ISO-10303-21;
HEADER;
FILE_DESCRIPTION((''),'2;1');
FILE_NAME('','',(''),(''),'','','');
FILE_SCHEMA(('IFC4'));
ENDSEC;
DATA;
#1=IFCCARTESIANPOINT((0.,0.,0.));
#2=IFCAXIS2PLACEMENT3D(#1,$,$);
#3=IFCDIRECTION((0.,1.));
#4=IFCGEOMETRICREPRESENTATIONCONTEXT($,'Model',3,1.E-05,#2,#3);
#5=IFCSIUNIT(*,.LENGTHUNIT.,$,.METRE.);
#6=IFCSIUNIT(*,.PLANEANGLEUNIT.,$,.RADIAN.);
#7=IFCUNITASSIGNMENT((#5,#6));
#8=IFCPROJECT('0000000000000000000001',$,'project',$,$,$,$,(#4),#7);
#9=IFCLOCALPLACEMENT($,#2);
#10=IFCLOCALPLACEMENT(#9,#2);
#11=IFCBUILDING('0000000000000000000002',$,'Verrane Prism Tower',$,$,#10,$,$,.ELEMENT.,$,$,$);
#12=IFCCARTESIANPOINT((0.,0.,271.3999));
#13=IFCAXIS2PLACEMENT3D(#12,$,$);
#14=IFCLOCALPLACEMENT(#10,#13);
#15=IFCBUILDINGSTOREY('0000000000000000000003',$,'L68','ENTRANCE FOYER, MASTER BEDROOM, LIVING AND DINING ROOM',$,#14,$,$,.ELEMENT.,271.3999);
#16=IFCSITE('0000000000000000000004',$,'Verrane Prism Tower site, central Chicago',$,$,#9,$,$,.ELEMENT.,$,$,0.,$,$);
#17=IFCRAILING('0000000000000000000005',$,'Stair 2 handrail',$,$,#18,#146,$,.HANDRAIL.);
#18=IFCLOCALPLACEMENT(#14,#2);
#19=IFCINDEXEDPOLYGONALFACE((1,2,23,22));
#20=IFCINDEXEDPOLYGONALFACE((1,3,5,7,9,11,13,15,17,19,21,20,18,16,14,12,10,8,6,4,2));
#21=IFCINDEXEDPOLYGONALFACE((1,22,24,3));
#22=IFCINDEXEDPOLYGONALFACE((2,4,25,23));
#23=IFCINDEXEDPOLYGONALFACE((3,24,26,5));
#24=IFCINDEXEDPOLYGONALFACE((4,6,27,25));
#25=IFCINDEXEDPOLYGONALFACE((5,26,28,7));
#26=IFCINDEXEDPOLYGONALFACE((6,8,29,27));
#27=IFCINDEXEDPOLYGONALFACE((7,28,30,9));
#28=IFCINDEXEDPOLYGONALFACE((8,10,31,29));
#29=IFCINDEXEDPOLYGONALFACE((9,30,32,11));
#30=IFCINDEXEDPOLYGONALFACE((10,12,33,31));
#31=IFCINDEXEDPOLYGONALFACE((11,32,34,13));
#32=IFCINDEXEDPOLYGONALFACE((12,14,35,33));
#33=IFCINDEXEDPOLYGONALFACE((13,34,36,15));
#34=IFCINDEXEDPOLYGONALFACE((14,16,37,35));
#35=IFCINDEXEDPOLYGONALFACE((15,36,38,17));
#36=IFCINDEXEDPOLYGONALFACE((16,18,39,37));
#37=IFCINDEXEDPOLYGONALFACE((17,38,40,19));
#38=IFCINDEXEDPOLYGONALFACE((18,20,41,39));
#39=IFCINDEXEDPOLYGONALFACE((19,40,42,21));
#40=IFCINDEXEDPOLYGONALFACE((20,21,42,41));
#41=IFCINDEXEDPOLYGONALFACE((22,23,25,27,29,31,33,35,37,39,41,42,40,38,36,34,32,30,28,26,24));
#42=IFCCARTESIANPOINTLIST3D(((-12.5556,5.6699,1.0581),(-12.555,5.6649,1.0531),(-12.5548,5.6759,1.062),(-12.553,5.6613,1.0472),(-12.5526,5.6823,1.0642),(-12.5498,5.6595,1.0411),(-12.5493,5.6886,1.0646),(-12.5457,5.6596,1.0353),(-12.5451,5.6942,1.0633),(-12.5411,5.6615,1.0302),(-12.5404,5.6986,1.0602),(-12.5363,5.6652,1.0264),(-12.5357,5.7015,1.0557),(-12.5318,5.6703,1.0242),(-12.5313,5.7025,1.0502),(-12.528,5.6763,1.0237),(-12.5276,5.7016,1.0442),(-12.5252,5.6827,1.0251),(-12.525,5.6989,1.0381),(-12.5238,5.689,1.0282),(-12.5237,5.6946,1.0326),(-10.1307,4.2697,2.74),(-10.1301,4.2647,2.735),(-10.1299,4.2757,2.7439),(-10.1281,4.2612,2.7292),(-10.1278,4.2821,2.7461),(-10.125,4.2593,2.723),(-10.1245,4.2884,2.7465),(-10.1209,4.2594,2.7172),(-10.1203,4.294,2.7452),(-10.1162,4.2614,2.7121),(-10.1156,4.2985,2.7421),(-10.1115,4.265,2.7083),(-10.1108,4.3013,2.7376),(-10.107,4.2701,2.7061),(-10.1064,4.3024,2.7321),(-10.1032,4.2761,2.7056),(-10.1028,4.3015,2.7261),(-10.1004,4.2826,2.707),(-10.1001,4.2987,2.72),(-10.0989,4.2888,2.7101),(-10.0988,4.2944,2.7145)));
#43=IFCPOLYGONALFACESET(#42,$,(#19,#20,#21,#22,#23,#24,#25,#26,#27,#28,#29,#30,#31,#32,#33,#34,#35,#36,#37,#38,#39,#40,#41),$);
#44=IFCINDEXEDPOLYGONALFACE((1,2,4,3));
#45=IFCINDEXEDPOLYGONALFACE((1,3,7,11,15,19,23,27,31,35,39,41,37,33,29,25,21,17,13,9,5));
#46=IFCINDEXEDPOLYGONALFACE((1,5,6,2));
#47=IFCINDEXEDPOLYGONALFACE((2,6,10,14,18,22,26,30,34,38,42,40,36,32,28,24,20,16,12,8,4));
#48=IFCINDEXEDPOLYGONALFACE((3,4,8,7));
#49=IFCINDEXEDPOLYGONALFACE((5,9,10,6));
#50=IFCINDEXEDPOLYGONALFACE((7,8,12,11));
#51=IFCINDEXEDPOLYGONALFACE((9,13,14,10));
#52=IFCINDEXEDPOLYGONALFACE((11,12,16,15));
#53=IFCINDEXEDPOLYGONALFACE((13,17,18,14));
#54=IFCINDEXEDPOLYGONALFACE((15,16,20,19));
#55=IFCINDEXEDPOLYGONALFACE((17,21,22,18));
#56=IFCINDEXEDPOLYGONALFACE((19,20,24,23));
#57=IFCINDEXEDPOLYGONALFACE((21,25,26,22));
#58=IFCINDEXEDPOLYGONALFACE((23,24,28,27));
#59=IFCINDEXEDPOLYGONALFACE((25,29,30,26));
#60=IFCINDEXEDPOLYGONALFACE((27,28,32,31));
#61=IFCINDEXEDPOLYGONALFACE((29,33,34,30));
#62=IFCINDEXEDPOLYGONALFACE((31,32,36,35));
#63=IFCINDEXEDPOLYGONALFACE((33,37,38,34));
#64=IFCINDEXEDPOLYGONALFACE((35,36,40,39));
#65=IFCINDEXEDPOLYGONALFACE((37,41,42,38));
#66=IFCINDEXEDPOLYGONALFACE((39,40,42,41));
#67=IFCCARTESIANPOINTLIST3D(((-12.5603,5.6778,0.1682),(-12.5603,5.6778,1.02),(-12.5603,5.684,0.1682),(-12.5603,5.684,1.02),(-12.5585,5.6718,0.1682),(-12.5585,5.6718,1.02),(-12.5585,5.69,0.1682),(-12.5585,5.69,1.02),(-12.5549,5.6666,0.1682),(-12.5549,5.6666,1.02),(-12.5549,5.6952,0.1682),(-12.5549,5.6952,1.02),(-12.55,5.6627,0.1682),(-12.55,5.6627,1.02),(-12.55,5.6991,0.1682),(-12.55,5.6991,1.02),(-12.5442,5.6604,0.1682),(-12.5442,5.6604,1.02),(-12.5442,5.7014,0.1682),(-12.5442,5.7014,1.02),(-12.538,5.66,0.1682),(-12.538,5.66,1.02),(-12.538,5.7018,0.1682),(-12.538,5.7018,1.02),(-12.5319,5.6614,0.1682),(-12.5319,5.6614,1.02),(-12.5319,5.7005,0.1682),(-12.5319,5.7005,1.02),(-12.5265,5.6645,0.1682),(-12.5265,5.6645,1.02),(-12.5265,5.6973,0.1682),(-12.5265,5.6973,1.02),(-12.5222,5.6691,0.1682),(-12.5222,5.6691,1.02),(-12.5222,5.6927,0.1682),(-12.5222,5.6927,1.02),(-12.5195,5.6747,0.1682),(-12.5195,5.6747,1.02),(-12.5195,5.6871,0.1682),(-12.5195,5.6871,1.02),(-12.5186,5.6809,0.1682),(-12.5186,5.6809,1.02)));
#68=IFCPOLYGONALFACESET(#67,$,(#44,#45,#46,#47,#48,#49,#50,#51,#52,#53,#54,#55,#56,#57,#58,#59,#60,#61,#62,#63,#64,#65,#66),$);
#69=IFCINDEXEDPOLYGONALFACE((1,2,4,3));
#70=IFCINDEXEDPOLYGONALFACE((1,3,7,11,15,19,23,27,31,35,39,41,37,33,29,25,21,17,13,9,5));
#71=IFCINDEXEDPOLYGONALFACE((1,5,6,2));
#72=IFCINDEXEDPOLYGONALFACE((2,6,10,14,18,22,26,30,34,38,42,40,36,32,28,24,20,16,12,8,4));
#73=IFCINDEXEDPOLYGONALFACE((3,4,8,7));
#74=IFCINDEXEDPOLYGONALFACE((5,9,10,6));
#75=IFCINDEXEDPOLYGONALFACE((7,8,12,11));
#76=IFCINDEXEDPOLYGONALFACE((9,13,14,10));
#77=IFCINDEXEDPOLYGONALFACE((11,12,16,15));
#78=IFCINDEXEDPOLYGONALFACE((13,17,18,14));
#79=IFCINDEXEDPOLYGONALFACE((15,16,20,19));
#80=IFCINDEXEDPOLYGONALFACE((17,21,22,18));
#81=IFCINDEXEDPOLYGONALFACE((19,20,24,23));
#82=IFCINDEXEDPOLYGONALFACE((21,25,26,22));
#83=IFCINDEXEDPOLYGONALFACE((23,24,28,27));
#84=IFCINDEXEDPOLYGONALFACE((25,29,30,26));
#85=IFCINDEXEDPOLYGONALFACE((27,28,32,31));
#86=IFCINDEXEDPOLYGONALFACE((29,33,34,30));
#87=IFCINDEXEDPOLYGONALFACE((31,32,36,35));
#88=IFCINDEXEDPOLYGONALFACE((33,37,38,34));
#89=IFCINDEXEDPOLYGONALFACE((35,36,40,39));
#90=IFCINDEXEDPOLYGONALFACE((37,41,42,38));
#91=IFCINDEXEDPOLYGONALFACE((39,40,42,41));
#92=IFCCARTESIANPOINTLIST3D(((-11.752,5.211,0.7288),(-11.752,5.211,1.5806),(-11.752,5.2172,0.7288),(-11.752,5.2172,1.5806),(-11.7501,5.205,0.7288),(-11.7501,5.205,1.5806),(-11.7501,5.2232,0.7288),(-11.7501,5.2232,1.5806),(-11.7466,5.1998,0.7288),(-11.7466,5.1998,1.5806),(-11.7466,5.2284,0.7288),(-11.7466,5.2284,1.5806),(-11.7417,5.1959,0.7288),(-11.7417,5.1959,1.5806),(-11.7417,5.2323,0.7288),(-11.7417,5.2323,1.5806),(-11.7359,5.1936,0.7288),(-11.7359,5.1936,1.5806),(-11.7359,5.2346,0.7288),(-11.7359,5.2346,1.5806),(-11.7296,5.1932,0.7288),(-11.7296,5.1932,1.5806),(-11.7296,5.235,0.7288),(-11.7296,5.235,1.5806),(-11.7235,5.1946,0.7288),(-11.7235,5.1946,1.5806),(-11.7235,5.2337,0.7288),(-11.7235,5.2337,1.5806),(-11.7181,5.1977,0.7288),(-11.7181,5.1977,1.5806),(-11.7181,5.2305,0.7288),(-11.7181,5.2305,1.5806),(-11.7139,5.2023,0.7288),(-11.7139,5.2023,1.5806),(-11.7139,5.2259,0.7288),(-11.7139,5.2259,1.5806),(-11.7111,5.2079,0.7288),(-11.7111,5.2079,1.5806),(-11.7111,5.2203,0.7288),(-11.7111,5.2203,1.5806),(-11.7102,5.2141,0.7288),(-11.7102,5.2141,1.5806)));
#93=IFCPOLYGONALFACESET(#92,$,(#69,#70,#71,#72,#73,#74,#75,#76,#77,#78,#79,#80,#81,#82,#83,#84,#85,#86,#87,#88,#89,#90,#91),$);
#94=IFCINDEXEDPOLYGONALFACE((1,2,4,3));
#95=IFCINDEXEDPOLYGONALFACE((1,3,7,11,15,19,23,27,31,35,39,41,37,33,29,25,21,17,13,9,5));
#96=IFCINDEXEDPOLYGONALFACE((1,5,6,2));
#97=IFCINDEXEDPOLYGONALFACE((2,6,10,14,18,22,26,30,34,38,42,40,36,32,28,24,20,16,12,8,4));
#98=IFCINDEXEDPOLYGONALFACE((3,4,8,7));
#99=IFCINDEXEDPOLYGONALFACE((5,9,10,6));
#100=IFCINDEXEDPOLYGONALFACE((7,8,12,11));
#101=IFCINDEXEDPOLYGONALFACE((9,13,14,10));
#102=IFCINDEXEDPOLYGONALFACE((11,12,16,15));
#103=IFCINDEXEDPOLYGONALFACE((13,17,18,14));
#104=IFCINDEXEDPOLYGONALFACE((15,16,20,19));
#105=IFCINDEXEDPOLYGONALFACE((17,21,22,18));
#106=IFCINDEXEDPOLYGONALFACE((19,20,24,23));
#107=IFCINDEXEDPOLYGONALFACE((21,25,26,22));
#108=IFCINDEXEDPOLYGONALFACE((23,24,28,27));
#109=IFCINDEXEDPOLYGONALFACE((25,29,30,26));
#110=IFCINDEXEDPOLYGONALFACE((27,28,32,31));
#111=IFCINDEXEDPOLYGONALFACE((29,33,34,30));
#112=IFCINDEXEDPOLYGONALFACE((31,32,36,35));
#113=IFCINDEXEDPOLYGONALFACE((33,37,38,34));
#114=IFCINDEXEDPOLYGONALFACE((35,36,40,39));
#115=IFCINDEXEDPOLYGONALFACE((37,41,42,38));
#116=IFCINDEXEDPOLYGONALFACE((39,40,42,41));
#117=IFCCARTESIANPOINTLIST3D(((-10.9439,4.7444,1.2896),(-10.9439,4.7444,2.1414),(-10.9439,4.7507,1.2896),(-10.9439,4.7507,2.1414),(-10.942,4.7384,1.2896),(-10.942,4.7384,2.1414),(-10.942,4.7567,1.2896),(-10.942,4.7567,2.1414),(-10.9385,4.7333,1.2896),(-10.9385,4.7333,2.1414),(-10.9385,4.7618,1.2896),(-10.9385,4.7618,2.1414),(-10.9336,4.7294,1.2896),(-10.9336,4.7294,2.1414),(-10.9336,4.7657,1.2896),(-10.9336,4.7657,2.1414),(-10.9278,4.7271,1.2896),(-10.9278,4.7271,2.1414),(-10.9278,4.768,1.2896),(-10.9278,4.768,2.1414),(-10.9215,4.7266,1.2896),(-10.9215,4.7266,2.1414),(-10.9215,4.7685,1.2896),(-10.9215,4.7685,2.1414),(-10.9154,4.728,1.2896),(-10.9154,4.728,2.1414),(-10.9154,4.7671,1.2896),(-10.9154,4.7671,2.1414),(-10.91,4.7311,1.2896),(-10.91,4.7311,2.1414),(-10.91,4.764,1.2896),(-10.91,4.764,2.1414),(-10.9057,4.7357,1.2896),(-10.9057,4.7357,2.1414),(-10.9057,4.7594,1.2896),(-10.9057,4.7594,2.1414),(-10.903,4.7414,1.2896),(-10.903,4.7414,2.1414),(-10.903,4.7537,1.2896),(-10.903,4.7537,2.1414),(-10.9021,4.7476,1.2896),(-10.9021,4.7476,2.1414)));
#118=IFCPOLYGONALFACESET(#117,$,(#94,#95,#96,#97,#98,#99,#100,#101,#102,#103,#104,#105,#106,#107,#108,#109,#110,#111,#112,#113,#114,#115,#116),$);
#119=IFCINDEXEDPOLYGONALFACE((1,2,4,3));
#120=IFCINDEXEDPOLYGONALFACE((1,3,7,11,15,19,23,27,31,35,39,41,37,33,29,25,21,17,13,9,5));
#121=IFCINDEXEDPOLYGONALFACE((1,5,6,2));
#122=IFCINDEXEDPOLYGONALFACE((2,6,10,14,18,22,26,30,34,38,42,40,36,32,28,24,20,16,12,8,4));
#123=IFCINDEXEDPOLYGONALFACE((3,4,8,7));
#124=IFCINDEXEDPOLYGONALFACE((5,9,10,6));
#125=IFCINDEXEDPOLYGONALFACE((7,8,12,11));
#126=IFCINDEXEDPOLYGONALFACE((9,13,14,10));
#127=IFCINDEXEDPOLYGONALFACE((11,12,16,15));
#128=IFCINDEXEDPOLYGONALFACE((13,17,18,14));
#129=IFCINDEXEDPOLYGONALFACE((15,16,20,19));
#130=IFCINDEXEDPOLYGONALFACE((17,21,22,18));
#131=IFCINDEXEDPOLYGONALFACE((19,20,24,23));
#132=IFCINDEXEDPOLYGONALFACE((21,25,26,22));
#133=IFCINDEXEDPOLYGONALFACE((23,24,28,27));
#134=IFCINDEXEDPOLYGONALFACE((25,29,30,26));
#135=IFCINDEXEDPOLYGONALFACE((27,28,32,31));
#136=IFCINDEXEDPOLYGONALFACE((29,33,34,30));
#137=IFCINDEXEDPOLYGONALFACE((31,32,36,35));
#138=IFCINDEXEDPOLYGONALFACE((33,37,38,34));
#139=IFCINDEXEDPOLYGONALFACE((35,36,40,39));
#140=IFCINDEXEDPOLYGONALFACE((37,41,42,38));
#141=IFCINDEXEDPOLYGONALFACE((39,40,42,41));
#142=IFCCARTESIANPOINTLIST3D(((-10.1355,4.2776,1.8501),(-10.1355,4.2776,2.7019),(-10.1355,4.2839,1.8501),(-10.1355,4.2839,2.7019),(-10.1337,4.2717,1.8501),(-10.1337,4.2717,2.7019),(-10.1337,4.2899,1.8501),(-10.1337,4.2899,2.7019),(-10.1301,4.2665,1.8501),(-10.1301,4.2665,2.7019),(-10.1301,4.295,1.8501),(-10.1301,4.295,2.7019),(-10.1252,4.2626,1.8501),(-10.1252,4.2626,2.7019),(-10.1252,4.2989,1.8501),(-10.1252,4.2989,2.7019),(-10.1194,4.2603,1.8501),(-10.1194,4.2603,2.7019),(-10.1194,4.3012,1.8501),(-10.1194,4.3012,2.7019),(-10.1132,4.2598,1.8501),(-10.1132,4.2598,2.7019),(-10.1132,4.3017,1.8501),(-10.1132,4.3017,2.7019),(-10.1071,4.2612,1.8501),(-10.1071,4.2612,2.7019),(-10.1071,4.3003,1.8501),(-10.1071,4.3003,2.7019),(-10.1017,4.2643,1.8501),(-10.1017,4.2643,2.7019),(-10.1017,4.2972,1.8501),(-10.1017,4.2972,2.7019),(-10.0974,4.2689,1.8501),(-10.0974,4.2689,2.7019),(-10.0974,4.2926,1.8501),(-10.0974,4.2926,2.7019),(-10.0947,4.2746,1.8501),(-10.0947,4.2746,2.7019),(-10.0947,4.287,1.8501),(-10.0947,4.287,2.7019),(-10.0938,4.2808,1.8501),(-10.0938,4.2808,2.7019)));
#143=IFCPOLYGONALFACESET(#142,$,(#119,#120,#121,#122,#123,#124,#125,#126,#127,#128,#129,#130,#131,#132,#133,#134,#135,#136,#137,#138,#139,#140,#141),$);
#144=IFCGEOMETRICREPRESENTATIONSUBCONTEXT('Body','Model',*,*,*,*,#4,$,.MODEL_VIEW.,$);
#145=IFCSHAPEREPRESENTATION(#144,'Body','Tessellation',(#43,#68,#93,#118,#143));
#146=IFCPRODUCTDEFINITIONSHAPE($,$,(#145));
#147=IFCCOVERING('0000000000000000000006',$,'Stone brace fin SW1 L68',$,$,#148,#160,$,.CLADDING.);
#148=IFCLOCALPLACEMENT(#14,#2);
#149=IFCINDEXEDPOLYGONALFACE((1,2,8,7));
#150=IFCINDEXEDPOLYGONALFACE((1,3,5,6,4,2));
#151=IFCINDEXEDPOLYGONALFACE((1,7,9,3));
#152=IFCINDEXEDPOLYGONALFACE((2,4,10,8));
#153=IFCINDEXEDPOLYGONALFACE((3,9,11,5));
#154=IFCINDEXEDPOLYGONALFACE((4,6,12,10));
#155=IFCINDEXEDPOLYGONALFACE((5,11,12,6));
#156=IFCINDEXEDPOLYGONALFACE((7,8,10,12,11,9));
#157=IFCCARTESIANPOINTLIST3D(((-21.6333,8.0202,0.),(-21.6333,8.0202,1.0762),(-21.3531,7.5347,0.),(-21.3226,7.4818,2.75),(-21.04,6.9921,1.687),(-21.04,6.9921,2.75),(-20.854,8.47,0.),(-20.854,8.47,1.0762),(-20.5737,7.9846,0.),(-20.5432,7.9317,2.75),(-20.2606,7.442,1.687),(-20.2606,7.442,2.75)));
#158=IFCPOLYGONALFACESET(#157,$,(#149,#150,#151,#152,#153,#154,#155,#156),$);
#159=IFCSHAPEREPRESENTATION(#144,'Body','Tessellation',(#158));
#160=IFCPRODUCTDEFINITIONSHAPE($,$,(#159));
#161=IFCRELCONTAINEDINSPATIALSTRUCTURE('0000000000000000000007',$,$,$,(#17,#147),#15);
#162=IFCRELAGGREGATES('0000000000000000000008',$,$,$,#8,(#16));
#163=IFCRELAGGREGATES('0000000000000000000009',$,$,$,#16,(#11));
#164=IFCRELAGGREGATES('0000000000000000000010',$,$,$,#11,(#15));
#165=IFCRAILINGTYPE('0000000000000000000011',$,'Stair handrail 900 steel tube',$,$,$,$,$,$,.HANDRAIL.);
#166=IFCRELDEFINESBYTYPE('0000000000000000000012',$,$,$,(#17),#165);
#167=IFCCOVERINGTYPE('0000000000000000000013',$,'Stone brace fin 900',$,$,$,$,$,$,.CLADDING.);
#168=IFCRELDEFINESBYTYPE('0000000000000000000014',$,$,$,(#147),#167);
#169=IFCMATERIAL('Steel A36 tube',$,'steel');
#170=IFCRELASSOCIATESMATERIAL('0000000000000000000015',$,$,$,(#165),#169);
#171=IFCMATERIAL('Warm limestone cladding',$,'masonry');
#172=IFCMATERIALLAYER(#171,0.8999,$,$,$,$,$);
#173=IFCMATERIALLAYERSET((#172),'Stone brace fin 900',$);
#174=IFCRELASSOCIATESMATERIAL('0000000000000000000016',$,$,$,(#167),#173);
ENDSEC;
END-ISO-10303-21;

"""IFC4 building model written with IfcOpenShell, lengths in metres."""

from ifc_helpers import new_model, si_unit, direction, frame, origin, origin_2d, place, context, subcontext, project, spatial, polyline, circle, outline, extrude, material, layer, layer_set, type_object, element, save


model = new_model("IFC4")

# Units and contexts
model_context = context("Model", 3, precision=1e-05, world=origin(), true_north=direction((0.0, 1.0)))
body_context = subcontext(model_context, "Body", "Model", "MODEL_VIEW")
ifc_project = project(units=[si_unit("LENGTHUNIT", "METRE"), si_unit("PLANEANGLEUNIT", "RADIAN")], contexts=[model_context])

# Site, building, storey
site_placement = place(None, origin())
site = spatial("IfcSite", under=ifc_project, at=site_placement, Name="Verrane Prism Tower site, central Chicago", CompositionType="ELEMENT", RefElevation=0.0)
building_placement = place(site_placement, origin())
building = spatial("IfcBuilding", under=site, at=building_placement, Name="Verrane Prism Tower", CompositionType="ELEMENT")
storey_placement = place(building_placement, frame((0.0, 0.0, 271.3999)))
storey = spatial("IfcBuildingStorey", under=building, at=storey_placement, Name="L68", Description="ENTRANCE FOYER, MASTER BEDROOM, LIVING AND DINING ROOM", CompositionType="ELEMENT", Elevation=271.3999)

# Railing
ifc_material_1 = material(Name="Steel A36 tube", Category="steel")
railing_type = type_object("IfcRailingType", Name="Stair handrail 900 steel tube", PredefinedType="HANDRAIL", material=ifc_material_1)
railing_placement = place(storey_placement, frame((-12.5396, 5.6809, 0.1682)))
element("IfcRailing", 1, at=railing_placement, inside=storey, type_object=railing_type, Name="Stair 2 handrail", PredefinedType="HANDRAIL", context=body_context, shape_type="SweptSolid", body=[
    extrude(circle(Radius=0.0239, at=origin_2d()), frame((0.0, 0.0, 0.876), z_axis=(0.742367, -0.428662, 0.514918), x_axis=(0.50005, 0.865997, 0.0)), (0.0, 0.0, 1.0), 3.2664),
    extrude(circle(Radius=0.021, at=origin_2d()), origin(), (0.0, 0.0, 1.0), 0.8518),
    extrude(circle(Radius=0.021, at=origin_2d()), frame((0.8083, -0.4668, 0.5605)), (0.0, 0.0, 1.0), 0.8518),
    extrude(circle(Radius=0.021, at=origin_2d()), frame((1.6165, -0.9333, 1.1213)), (0.0, 0.0, 1.0), 0.8518),
    extrude(circle(Radius=0.021, at=origin_2d()), frame((2.4248, -1.4001, 1.6819)), (0.0, 0.0, 1.0), 0.8518),
])

# Covering
ifc_material_2 = material(Name="Warm limestone cladding", Category="masonry")
ifc_layer_1 = layer(ifc_material_2, 0.8999)
ifc_layer_set_1 = layer_set([ifc_layer_1], Name="Stone brace fin 900")
covering_type = type_object("IfcCoveringType", Name="Stone brace fin 900", PredefinedType="CLADDING", material=ifc_layer_set_1)
covering_placement = place(storey_placement, frame((-21.2437, 8.2451, 0.0), z_axis=(0.0, 0.0, 1.0), x_axis=(0.499901, -0.866083, 0.0)))
element("IfcCovering", 2, at=covering_placement, inside=storey, type_object=covering_type, Name="Stone brace fin SW1 L68", PredefinedType="CLADDING", context=body_context, shape_type="SweptSolid", body=[
    extrude(outline(polyline([(1.187, 2.75), (0.6216, 2.75), (0.0, 1.0762), (0.0, 0.0), (0.5605, 0.0), (1.187, 1.687), (1.187, 2.75)])), frame((0.0, 0.45, 0.0), z_axis=(0.0, -1.0, 0.0), x_axis=(1.0, 0.0, 0.0)), (0.0, 0.0, 1.0), 0.8999),
])

save(model, "model.ifc")
